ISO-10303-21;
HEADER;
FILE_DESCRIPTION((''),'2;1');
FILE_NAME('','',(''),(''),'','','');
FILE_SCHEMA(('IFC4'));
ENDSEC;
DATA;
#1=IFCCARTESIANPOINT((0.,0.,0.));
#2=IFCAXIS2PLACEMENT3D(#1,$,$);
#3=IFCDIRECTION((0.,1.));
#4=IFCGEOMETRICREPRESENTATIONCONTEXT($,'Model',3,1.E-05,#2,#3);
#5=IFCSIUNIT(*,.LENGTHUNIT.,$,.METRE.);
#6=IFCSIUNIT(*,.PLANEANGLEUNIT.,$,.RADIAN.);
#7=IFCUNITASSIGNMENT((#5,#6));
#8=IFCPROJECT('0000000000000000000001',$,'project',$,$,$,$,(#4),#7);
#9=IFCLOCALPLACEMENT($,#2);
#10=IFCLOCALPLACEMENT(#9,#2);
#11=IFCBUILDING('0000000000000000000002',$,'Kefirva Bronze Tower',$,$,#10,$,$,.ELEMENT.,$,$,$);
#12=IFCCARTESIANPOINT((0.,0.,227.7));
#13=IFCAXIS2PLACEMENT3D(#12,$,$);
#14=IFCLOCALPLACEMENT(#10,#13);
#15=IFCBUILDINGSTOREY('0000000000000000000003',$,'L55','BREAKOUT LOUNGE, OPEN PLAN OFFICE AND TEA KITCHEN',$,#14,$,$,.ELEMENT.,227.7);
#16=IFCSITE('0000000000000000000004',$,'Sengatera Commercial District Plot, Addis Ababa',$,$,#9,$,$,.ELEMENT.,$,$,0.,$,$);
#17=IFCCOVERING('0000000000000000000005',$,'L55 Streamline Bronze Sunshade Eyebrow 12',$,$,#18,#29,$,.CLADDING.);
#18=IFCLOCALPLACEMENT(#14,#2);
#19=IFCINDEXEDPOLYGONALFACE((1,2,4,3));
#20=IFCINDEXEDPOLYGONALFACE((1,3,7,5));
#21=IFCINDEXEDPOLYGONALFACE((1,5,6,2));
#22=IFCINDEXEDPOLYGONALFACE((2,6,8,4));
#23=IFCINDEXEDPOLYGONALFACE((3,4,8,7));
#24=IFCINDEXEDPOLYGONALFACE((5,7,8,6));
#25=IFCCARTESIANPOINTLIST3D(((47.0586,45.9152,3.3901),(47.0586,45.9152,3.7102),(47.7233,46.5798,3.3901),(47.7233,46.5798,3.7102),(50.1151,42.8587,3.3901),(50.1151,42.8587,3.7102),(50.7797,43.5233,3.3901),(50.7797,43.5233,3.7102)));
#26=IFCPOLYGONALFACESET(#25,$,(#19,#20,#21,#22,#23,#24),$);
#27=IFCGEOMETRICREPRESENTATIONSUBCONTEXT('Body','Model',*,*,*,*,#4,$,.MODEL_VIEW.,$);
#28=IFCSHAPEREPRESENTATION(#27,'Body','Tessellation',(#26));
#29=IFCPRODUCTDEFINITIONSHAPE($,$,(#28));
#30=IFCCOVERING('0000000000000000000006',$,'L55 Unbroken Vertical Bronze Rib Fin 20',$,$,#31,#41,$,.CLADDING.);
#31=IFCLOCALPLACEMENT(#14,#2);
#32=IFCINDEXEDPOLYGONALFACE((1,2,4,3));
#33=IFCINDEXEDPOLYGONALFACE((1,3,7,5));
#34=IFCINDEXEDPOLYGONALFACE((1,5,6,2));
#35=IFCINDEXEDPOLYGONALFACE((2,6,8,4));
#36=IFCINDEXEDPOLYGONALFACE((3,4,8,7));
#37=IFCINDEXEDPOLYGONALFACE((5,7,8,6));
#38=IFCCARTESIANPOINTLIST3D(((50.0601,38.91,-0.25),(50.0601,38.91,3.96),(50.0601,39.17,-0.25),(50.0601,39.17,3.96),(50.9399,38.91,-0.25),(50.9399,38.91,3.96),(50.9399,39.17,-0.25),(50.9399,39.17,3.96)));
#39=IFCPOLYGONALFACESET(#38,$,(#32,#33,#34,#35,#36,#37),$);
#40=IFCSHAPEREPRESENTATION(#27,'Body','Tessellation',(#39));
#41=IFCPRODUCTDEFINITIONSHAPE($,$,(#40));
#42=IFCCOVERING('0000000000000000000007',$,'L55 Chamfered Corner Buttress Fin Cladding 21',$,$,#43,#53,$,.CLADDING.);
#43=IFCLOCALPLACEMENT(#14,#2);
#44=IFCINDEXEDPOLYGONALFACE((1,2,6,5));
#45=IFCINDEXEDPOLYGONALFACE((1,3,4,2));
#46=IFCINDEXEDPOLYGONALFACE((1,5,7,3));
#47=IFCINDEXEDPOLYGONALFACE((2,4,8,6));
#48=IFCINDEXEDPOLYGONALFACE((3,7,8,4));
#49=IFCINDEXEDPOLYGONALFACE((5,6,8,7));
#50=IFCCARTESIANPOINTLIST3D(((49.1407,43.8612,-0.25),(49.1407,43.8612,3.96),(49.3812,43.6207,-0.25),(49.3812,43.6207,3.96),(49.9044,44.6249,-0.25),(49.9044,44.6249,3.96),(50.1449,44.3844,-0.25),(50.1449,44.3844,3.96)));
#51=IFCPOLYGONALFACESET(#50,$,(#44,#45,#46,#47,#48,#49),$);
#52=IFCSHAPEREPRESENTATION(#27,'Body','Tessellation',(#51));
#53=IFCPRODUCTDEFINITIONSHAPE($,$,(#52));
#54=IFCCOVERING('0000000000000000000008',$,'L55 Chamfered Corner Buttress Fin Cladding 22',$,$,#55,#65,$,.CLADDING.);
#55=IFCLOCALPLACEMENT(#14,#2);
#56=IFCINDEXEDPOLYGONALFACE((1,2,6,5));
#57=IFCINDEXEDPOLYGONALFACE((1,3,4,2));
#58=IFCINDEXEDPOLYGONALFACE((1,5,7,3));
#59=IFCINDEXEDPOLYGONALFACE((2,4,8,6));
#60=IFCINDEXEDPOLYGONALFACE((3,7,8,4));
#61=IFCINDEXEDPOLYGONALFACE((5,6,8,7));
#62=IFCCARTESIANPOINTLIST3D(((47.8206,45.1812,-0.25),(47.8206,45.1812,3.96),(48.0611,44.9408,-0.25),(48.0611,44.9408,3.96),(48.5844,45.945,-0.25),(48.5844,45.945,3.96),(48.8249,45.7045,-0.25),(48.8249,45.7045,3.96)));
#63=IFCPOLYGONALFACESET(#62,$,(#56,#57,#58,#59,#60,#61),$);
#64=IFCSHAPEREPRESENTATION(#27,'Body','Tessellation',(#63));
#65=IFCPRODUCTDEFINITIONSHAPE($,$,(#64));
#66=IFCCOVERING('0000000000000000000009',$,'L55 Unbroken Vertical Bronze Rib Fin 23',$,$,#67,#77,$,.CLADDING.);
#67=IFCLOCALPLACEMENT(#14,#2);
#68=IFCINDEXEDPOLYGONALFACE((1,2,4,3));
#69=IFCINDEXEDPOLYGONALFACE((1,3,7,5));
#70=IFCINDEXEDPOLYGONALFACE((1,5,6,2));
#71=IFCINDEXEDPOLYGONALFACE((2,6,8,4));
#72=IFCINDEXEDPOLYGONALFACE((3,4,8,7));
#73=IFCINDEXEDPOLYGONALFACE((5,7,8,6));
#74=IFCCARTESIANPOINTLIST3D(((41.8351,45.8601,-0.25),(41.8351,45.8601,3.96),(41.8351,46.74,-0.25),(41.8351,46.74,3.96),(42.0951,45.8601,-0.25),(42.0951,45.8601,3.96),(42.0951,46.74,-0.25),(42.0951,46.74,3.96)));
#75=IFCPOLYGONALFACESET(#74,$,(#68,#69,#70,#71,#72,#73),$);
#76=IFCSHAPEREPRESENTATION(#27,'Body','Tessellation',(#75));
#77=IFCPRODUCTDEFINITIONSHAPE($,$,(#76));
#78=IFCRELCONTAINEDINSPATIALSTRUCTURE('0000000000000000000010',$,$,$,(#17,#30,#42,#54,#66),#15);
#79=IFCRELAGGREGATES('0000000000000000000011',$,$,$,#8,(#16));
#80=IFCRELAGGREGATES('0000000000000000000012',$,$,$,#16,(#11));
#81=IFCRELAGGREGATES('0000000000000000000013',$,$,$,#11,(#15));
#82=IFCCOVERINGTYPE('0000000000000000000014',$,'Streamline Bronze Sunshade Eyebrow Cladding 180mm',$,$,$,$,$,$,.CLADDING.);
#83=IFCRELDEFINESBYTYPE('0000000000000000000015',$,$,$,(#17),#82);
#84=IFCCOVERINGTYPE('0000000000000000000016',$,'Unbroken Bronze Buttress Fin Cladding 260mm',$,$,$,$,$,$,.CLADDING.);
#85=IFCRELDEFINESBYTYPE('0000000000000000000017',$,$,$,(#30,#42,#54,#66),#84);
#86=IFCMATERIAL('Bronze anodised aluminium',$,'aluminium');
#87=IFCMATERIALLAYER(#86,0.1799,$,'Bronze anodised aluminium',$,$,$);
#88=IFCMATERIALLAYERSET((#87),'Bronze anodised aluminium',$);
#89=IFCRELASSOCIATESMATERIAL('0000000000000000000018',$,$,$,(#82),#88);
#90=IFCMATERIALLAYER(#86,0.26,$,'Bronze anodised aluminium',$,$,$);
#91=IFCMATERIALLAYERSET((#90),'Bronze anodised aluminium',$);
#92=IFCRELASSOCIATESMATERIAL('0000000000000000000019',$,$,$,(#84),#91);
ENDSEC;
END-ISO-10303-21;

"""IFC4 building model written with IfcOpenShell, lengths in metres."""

from ifc_helpers import new_model, si_unit, direction, frame, origin, origin_2d, place, context, subcontext, project, spatial, rectangle, extrude, material, layer, layer_set, type_object, element, save


model = new_model("IFC4")

# Units and contexts
model_context = context("Model", 3, precision=1e-05, world=origin(), true_north=direction((0.0, 1.0)))
body_context = subcontext(model_context, "Body", "Model", "MODEL_VIEW")
ifc_project = project(units=[si_unit("LENGTHUNIT", "METRE"), si_unit("PLANEANGLEUNIT", "RADIAN")], contexts=[model_context])

# Site, building, storey
site_placement = place(None, origin())
site = spatial("IfcSite", under=ifc_project, at=site_placement, Name="Sengatera Commercial District Plot, Addis Ababa", CompositionType="ELEMENT", RefElevation=0.0)
building_placement = place(site_placement, origin())
building = spatial("IfcBuilding", under=site, at=building_placement, Name="Kefirva Bronze Tower", CompositionType="ELEMENT")
storey_placement = place(building_placement, frame((0.0, 0.0, 227.7)))
storey = spatial("IfcBuildingStorey", under=building, at=storey_placement, Name="L55", Description="BREAKOUT LOUNGE, OPEN PLAN OFFICE AND TEA KITCHEN", CompositionType="ELEMENT", Elevation=227.7)

# Coverings
ifc_material_1 = material(Name="Bronze anodised aluminium", Category="aluminium")
ifc_layer_1 = layer(ifc_material_1, 0.1799, Name="Bronze anodised aluminium")
ifc_layer_set_1 = layer_set([ifc_layer_1], Name="Bronze anodised aluminium")
covering_type_1 = type_object("IfcCoveringType", Name="Streamline Bronze Sunshade Eyebrow Cladding 180mm", PredefinedType="CLADDING", material=ifc_layer_set_1)
covering_1_placement = place(storey_placement, frame((48.9192, 44.7192, 3.3901), z_axis=(0.0, 0.0, 1.0), x_axis=(-0.707107, 0.707107, 0.0)))
element("IfcCovering", 1, at=covering_1_placement, inside=storey, type_object=covering_type_1, Name="L55 Streamline Bronze Sunshade Eyebrow 12", PredefinedType="CLADDING", context=body_context, shape_type="SweptSolid", body=[
    extrude(rectangle(XDim=4.3225, YDim=0.9399, at=origin_2d()), origin(), (0.0, 0.0, 1.0), 0.3201),
])
ifc_layer_2 = layer(ifc_material_1, 0.26, Name="Bronze anodised aluminium")
ifc_layer_set_2 = layer_set([ifc_layer_2], Name="Bronze anodised aluminium")
covering_type_2 = type_object("IfcCoveringType", Name="Unbroken Bronze Buttress Fin Cladding 260mm", PredefinedType="CLADDING", material=ifc_layer_set_2)
covering_2_placement = place(storey_placement, frame((50.5, 39.04, -0.25), z_axis=(0.0, 0.0, 1.0), x_axis=(0.0, 1.0, 0.0)))
element("IfcCovering", 2, at=covering_2_placement, inside=storey, type_object=covering_type_2, Name="L55 Unbroken Vertical Bronze Rib Fin 20", PredefinedType="CLADDING", context=body_context, shape_type="SweptSolid", body=[
    extrude(rectangle(XDim=0.26, YDim=0.8799, at=origin_2d()), origin(), (0.0, 0.0, 1.0), 4.21),
])
for number, where, z_axis, x_axis, name in (
    (3, (49.6428, 44.1228, -0.25), (0.0, 0.0, 1.0), (-0.707107, 0.707107, 0.0), "L55 Chamfered Corner Buttress Fin Cladding 21"),
    (4, (48.3228, 45.4429, -0.25), (0.0, 0.0, 1.0), (-0.707107, 0.707107, 0.0), "L55 Chamfered Corner Buttress Fin Cladding 22"),
):
    element("IfcCovering", number, at=place(storey_placement, frame(where, z_axis=z_axis, x_axis=x_axis)), inside=storey, type_object=covering_type_2, Name=name, PredefinedType="CLADDING", context=body_context, shape_type="SweptSolid", body=[
        extrude(rectangle(XDim=0.3401, YDim=1.0801, at=origin_2d()), origin(), (0.0, 0.0, 1.0), 4.21),
    ])
covering_3_placement = place(storey_placement, frame((41.9651, 46.3, -0.25), z_axis=(0.0, 0.0, 1.0), x_axis=(-1.0, 0.0, 0.0)))
element("IfcCovering", 5, at=covering_3_placement, inside=storey, type_object=covering_type_2, Name="L55 Unbroken Vertical Bronze Rib Fin 23", PredefinedType="CLADDING", context=body_context, shape_type="SweptSolid", body=[
    extrude(rectangle(XDim=0.26, YDim=0.8799, at=origin_2d()), origin(), (0.0, 0.0, 1.0), 4.21),
])

save(model, "model.ifc")
